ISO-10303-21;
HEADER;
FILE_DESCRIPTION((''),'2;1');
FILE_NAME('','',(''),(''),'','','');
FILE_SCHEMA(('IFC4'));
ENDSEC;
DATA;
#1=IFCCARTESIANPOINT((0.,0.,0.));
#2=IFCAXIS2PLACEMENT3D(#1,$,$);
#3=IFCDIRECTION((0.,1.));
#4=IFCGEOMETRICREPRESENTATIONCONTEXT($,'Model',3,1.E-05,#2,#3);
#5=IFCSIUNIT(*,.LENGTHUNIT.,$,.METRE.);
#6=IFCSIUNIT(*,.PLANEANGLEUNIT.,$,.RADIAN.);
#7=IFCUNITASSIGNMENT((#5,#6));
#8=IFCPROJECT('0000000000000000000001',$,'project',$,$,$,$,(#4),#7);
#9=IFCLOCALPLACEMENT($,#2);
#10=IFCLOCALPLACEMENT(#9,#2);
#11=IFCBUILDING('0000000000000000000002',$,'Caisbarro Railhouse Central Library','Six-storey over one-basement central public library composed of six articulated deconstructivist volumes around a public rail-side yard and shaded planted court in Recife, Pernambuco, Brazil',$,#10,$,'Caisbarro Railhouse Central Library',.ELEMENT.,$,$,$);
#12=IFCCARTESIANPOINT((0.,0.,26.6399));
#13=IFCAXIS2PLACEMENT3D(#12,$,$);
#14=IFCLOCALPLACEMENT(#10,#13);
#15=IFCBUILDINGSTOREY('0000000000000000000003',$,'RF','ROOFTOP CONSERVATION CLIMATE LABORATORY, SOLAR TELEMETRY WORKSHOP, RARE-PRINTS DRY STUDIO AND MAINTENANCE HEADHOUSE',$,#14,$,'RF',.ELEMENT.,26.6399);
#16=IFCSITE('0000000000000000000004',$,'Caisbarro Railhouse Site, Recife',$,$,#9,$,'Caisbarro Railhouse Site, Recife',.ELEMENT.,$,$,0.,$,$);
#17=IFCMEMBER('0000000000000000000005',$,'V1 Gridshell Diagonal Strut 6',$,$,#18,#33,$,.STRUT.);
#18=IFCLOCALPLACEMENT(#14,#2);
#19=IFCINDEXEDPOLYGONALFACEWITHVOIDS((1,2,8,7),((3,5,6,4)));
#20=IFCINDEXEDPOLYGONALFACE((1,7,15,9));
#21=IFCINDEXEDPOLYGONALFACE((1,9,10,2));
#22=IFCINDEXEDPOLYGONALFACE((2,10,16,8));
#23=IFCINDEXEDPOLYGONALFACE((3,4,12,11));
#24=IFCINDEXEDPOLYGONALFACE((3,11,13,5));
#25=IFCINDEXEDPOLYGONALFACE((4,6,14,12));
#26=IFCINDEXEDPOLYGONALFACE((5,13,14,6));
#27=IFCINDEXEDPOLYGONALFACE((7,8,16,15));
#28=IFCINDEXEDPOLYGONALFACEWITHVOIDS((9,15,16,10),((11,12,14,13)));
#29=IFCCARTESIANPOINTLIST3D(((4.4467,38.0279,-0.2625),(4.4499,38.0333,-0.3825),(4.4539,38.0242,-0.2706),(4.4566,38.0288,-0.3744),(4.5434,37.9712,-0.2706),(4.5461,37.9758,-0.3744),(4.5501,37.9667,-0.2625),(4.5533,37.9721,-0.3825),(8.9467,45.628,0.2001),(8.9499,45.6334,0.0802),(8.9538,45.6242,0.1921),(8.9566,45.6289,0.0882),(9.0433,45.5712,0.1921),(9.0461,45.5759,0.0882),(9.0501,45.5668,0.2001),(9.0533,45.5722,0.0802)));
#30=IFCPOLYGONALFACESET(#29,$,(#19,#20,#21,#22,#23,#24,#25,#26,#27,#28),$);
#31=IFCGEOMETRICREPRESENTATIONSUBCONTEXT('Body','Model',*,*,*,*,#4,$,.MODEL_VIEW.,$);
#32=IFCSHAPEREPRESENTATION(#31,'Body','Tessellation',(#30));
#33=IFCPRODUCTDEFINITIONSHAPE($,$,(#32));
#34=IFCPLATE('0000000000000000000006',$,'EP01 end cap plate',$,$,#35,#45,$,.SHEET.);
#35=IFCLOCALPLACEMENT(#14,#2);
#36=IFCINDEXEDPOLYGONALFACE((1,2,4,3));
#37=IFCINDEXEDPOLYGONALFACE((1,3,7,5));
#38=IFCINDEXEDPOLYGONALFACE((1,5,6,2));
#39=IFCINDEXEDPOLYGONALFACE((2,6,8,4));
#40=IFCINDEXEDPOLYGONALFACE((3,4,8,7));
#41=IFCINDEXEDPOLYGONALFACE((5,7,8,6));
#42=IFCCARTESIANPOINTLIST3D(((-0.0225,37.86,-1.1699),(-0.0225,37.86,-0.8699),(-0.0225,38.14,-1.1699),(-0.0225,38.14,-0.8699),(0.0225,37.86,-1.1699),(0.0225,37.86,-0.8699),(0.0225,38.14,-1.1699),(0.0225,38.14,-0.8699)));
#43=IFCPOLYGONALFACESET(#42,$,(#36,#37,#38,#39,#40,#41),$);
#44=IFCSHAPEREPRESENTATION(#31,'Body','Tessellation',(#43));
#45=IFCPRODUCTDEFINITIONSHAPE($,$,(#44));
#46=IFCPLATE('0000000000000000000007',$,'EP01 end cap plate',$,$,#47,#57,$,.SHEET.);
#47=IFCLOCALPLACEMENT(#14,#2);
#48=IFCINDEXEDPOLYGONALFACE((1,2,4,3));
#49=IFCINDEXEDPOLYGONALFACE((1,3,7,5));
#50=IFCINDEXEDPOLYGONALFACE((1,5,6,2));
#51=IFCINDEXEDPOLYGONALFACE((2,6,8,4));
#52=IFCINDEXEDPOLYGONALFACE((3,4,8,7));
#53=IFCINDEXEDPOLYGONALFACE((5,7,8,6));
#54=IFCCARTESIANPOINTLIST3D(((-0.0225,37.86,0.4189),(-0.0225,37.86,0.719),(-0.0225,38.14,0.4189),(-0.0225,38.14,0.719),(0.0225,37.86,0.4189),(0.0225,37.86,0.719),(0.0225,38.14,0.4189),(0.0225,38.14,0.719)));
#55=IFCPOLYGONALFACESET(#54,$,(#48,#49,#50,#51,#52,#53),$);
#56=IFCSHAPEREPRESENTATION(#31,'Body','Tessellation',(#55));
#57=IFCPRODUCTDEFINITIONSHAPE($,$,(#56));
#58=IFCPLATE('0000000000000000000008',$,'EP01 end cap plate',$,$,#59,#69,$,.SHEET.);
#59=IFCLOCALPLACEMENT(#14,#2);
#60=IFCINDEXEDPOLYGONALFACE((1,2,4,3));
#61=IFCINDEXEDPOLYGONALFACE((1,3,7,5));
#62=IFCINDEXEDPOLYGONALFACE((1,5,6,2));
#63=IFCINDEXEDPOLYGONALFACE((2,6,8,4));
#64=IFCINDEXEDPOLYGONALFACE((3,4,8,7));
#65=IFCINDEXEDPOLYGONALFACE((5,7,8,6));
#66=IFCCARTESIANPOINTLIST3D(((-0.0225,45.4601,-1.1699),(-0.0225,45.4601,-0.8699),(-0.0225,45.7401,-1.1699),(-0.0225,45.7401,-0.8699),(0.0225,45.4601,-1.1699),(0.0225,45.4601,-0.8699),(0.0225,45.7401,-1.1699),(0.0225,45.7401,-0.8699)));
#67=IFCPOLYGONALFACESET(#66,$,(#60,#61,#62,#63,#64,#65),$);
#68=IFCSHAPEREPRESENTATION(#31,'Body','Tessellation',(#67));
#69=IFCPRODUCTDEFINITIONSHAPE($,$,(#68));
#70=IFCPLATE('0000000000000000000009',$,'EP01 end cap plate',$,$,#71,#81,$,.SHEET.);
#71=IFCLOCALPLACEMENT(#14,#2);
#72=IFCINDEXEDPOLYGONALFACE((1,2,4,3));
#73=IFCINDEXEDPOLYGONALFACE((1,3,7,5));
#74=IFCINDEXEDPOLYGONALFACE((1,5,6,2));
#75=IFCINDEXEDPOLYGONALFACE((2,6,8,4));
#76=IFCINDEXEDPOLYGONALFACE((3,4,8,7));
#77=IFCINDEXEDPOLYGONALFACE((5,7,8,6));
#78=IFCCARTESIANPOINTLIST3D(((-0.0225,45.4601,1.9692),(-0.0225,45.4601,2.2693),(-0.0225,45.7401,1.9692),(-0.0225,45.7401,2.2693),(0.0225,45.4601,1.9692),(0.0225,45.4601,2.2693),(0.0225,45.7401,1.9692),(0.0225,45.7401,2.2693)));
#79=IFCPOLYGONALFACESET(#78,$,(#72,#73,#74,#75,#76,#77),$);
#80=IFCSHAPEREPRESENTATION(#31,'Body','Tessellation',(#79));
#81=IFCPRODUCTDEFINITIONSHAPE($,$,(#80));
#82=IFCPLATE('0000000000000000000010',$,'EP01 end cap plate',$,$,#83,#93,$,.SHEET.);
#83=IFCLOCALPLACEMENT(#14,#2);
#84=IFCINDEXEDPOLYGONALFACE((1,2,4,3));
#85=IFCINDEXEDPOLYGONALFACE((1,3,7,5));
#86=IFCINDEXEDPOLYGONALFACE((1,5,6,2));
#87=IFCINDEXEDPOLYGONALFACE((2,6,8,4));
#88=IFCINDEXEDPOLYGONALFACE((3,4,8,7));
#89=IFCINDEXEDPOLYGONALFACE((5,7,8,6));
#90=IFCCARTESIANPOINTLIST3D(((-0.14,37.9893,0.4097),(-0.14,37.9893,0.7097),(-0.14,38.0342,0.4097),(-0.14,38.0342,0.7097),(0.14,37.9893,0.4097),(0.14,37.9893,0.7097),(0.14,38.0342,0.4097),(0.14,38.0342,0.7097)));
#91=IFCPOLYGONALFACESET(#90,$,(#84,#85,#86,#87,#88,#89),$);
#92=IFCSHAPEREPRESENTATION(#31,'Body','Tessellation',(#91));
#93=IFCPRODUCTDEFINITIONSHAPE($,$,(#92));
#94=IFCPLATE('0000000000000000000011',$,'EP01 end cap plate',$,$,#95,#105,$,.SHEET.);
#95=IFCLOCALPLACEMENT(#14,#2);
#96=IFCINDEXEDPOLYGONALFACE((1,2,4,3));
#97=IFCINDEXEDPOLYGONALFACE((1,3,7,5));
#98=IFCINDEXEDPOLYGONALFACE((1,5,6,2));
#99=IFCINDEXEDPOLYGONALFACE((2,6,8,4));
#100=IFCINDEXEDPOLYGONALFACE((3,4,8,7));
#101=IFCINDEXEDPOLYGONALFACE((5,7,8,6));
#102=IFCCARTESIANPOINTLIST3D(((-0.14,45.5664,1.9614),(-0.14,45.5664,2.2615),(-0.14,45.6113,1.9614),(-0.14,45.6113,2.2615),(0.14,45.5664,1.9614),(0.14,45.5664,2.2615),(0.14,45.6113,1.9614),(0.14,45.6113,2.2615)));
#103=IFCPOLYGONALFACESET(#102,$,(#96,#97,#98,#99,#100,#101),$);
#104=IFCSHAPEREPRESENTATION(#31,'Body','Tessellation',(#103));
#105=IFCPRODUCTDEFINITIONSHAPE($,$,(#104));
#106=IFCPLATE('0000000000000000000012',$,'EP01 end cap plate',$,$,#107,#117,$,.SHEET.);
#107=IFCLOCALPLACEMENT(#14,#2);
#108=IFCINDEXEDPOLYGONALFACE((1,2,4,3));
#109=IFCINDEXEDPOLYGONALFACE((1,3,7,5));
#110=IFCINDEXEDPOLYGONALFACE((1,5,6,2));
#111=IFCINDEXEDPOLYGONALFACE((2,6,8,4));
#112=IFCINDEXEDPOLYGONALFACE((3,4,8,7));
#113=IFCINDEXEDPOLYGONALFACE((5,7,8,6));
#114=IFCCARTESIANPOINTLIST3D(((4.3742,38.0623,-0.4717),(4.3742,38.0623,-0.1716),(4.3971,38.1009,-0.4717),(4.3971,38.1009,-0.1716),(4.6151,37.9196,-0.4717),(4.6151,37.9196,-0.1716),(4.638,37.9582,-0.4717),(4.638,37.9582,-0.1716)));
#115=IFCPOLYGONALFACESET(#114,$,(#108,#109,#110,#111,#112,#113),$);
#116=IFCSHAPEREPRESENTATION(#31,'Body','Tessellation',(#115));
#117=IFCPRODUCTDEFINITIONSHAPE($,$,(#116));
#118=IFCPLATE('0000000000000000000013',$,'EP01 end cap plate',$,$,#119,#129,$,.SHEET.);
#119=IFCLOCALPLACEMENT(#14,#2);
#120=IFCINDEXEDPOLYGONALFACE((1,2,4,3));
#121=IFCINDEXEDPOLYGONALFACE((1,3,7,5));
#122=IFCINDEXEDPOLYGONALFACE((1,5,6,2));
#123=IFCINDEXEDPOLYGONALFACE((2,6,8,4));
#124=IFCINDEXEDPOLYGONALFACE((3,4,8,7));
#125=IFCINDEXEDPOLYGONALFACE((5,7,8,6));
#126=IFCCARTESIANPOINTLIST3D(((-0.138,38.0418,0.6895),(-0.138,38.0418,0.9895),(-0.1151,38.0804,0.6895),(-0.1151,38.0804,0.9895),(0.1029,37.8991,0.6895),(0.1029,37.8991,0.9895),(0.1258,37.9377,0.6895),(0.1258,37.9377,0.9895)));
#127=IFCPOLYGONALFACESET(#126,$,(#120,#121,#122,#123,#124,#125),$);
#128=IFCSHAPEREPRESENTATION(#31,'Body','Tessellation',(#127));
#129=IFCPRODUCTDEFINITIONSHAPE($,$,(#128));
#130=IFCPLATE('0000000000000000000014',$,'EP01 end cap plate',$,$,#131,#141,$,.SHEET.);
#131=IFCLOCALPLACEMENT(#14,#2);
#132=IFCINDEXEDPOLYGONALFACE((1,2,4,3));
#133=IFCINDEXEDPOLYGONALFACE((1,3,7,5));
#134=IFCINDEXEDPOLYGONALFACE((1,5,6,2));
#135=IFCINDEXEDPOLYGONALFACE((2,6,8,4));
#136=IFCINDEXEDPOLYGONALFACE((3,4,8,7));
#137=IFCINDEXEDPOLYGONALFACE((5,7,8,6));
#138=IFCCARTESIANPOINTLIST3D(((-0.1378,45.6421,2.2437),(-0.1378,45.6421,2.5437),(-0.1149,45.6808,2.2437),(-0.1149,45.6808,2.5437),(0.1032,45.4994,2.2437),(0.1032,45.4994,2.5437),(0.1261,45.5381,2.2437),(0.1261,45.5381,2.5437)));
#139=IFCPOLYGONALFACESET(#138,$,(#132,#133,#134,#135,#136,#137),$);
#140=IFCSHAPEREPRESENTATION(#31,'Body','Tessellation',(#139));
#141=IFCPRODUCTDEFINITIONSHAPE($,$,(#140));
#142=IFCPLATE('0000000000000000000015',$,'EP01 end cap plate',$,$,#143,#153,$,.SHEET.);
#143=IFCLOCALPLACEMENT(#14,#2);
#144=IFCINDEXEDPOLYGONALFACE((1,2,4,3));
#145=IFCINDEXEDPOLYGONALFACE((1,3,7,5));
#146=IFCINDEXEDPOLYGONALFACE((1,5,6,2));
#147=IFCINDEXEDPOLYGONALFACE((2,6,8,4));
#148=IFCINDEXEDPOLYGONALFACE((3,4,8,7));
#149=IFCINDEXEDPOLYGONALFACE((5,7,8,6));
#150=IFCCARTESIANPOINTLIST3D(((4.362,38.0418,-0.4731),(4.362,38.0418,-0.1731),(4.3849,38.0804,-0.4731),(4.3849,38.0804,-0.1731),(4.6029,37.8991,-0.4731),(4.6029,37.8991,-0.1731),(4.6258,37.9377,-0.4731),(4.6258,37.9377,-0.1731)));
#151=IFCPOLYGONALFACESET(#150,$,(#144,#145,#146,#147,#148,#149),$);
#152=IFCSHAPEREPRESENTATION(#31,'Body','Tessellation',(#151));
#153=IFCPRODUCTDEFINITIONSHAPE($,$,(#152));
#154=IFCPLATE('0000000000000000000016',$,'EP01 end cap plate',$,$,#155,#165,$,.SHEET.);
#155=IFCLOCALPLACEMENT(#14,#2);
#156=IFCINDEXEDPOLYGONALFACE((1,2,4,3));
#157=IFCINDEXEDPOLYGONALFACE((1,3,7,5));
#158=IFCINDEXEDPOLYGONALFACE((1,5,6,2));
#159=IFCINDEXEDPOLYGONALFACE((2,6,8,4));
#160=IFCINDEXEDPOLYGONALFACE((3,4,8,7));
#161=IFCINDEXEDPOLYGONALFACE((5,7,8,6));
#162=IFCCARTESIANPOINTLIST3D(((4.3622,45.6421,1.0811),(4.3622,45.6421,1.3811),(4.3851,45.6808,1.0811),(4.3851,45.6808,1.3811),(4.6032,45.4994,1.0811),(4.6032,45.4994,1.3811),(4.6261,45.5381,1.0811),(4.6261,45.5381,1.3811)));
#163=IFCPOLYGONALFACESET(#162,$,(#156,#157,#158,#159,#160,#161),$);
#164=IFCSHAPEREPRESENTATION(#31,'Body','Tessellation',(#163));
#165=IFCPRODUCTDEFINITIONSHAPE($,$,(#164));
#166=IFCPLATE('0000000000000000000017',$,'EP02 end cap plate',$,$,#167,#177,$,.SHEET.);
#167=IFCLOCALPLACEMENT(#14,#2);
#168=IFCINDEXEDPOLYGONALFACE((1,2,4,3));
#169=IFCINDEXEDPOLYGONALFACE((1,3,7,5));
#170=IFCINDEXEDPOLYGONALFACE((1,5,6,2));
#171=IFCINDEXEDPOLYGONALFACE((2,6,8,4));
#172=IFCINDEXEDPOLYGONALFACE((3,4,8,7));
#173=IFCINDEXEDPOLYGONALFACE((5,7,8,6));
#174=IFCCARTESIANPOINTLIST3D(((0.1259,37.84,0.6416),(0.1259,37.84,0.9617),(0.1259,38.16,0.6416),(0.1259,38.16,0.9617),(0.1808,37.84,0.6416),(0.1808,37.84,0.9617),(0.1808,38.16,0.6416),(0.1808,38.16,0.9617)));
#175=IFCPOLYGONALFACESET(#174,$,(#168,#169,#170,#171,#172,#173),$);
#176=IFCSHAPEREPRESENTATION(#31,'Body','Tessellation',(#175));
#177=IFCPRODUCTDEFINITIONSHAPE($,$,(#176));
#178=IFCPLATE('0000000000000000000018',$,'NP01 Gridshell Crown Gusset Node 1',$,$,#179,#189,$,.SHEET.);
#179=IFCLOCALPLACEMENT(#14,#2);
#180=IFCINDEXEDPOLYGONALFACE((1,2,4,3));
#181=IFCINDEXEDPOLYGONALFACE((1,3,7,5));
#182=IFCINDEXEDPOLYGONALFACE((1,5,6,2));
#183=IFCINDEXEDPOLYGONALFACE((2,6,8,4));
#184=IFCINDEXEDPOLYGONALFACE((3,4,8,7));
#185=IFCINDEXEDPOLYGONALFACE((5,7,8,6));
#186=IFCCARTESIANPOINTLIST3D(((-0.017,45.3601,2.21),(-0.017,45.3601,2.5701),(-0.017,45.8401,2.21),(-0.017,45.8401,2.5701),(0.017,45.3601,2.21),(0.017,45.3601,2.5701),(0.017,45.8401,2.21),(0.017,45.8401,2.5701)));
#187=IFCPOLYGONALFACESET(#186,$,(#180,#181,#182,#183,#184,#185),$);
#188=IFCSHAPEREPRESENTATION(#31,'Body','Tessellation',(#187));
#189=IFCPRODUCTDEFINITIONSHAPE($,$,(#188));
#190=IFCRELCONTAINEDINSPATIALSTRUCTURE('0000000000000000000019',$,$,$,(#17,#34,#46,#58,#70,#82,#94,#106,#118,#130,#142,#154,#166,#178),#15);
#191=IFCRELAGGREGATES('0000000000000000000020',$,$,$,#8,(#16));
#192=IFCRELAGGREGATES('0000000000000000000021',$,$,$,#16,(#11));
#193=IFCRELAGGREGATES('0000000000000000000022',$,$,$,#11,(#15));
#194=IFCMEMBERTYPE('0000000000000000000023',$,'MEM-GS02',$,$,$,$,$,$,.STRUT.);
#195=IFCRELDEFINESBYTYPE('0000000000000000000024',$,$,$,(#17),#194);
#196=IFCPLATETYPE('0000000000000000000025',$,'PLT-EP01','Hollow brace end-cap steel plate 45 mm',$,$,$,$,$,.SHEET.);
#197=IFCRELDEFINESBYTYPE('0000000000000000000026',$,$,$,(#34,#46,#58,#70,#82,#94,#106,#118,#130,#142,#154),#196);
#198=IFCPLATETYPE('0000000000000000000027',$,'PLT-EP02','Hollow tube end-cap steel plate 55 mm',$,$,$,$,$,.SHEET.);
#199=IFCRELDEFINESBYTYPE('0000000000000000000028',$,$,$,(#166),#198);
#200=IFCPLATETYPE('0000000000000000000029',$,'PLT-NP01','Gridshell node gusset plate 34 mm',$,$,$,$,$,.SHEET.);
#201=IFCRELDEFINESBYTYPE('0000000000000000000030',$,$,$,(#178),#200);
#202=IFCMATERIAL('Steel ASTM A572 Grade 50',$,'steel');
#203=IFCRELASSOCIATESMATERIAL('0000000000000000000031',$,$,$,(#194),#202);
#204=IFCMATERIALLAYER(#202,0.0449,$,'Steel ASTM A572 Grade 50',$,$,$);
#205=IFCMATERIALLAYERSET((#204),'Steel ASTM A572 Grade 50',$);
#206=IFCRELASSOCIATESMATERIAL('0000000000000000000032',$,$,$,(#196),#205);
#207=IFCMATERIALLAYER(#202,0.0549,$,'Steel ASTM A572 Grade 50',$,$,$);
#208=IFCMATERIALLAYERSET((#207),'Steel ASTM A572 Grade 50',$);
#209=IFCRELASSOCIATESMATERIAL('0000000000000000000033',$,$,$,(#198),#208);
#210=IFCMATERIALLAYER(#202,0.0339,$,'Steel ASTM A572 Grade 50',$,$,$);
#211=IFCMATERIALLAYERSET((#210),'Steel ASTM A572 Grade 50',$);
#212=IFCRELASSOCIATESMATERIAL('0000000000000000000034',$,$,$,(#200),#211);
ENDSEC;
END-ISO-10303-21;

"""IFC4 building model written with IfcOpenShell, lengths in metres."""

from ifc_helpers import new_model, si_unit, direction, frame, origin, origin_2d, place, context, subcontext, project, spatial, rectangle, hollow_rectangle, extrude, material, layer, layer_set, material_profile, profile_set, type_object, element, save


model = new_model("IFC4")

# Units and contexts
model_context = context("Model", 3, precision=1e-05, world=origin(), true_north=direction((0.0, 1.0)))
body_context = subcontext(model_context, "Body", "Model", "MODEL_VIEW")
ifc_project = project(units=[si_unit("LENGTHUNIT", "METRE"), si_unit("PLANEANGLEUNIT", "RADIAN")], contexts=[model_context])

# Site, building, storey
site_placement = place(None, origin())
site = spatial("IfcSite", under=ifc_project, at=site_placement, Name="Caisbarro Railhouse Site, Recife", LongName="Caisbarro Railhouse Site, Recife", CompositionType="ELEMENT", RefElevation=0.0)
building_placement = place(site_placement, origin())
building = spatial("IfcBuilding", under=site, at=building_placement, Name="Caisbarro Railhouse Central Library", Description="Six-storey over one-basement central public library composed of six articulated deconstructivist volumes around a public rail-side yard and shaded planted court in Recife, Pernambuco, Brazil", LongName="Caisbarro Railhouse Central Library", CompositionType="ELEMENT")
storey_placement = place(building_placement, frame((0.0, 0.0, 26.6399)))
storey = spatial("IfcBuildingStorey", under=building, at=storey_placement, Name="RF", Description="ROOFTOP CONSERVATION CLIMATE LABORATORY, SOLAR TELEMETRY WORKSHOP, RARE-PRINTS DRY STUDIO AND MAINTENANCE HEADHOUSE", LongName="RF", CompositionType="ELEMENT", Elevation=26.6399)

# Shared definitions
ifc_material = material(Name="Steel ASTM A572 Grade 50", Category="steel")

# Member
ifc_material_profile_1 = material_profile(ifc_material, hollow_rectangle(XDim=0.1201, YDim=0.1201, WallThickness=0.0081, at=origin_2d()), Name="HSS120X120X8")
ifc_profile_set_1 = profile_set([ifc_material_profile_1], Name="Steel ASTM A572 Grade 50")
member_type_1 = type_object("IfcMemberType", Name="MEM-GS02", PredefinedType="STRUT", material=ifc_profile_set_1)
member_1_placement = place(storey_placement, frame((4.5, 38.0, -0.3225), z_axis=(0.50879, 0.8593, 0.052309), x_axis=(-0.860478, 0.509487, 0.0)))
element("IfcMember", 1, at=member_1_placement, inside=storey, type_object=member_type_1, Name="V1 Gridshell Diagonal Strut 6", PredefinedType="STRUT", context=body_context, shape_type="SweptSolid", body=[
    extrude(hollow_rectangle(XDim=0.1201, YDim=0.1201, WallThickness=0.0081, at=origin_2d()), origin(), (0.0, 0.0, 1.0), 8.8445),
])

# Plates
ifc_layer_1 = layer(ifc_material, 0.0449, Name="Steel ASTM A572 Grade 50")
ifc_layer_set_1 = layer_set([ifc_layer_1], Name="Steel ASTM A572 Grade 50")
plate_type_1 = type_object("IfcPlateType", Name="PLT-EP01", Description="Hollow brace end-cap steel plate 45 mm", PredefinedType="SHEET", material=ifc_layer_set_1)
for number, where, z_axis, x_axis, name in (
    (2, (0.0, 38.0, -1.1699), (0.0, 0.0, 1.0), (1.0, 0.0, 0.0), "EP01 end cap plate"),
    (3, (0.0, 38.0, 0.4189), (0.0, 0.0, 1.0), (1.0, 0.0, 0.0), "EP01 end cap plate"),
    (4, (0.0, 45.6001, -1.1699), (0.0, 0.0, 1.0), (1.0, 0.0, 0.0), "EP01 end cap plate"),
    (5, (0.0, 45.6001, 1.9692), (0.0, 0.0, 1.0), (1.0, 0.0, 0.0), "EP01 end cap plate"),
    (6, (0.0, 38.0117, 0.4097), (0.0, 0.0, 1.0), (0.0, 1.0, 0.0), "EP01 end cap plate"),
    (7, (0.0, 45.5889, 1.9614), (0.0, 0.0, 1.0), (0.0, -1.0, 0.0), "EP01 end cap plate"),
    (8, (4.5061, 38.0103, -0.4717), (0.0, 0.0, 1.0), (0.509492, 0.860475, 0.0), "EP01 end cap plate"),
    (9, (-0.0061, 37.9897, 0.6895), (0.0, 0.0, 1.0), (0.509492, 0.860475, 0.0), "EP01 end cap plate"),
    (10, (-0.0059, 45.5901, 2.2437), (0.0, 0.0, 1.0), (0.509492, 0.860475, 0.0), "EP01 end cap plate"),
    (11, (4.4939, 37.9897, -0.4731), (0.0, 0.0, 1.0), (0.509492, 0.860475, 0.0), "EP01 end cap plate"),
    (12, (4.4941, 45.5901, 1.0811), (0.0, 0.0, 1.0), (0.509492, 0.860475, 0.0), "EP01 end cap plate"),
):
    element("IfcPlate", number, at=place(storey_placement, frame(where, z_axis=z_axis, x_axis=x_axis)), inside=storey, type_object=plate_type_1, Name=name, PredefinedType="SHEET", context=body_context, shape_type="SweptSolid", body=[
        extrude(rectangle(XDim=0.0449, YDim=0.28, at=origin_2d()), origin(), (0.0, 0.0, 1.0), 0.3),
    ])
ifc_layer_2 = layer(ifc_material, 0.0549, Name="Steel ASTM A572 Grade 50")
ifc_layer_set_2 = layer_set([ifc_layer_2], Name="Steel ASTM A572 Grade 50")
plate_type_2 = type_object("IfcPlateType", Name="PLT-EP02", Description="Hollow tube end-cap steel plate 55 mm", PredefinedType="SHEET", material=ifc_layer_set_2)
plate_1_placement = place(storey_placement, frame((0.1533, 38.0, 0.6416), z_axis=(0.0, 0.0, 1.0), x_axis=(1.0, 0.0, 0.0)))
element("IfcPlate", 13, at=plate_1_placement, inside=storey, type_object=plate_type_2, Name="EP02 end cap plate", PredefinedType="SHEET", context=body_context, shape_type="SweptSolid", body=[
    extrude(rectangle(XDim=0.0549, YDim=0.3201, at=origin_2d()), origin(), (0.0, 0.0, 1.0), 0.3201),
])
ifc_layer_3 = layer(ifc_material, 0.0339, Name="Steel ASTM A572 Grade 50")
ifc_layer_set_3 = layer_set([ifc_layer_3], Name="Steel ASTM A572 Grade 50")
plate_type_3 = type_object("IfcPlateType", Name="PLT-NP01", Description="Gridshell node gusset plate 34 mm", PredefinedType="SHEET", material=ifc_layer_set_3)
plate_2_placement = place(storey_placement, frame((0.0, 45.6001, 2.21), z_axis=(0.0, 0.0, 1.0), x_axis=(0.0, 1.0, 0.0)))
element("IfcPlate", 14, at=plate_2_placement, inside=storey, type_object=plate_type_3, Name="NP01 Gridshell Crown Gusset Node 1", PredefinedType="SHEET", context=body_context, shape_type="SweptSolid", body=[
    extrude(rectangle(XDim=0.48, YDim=0.0339, at=origin_2d()), origin(), (0.0, 0.0, 1.0), 0.3601),
])

save(model, "model.ifc")
